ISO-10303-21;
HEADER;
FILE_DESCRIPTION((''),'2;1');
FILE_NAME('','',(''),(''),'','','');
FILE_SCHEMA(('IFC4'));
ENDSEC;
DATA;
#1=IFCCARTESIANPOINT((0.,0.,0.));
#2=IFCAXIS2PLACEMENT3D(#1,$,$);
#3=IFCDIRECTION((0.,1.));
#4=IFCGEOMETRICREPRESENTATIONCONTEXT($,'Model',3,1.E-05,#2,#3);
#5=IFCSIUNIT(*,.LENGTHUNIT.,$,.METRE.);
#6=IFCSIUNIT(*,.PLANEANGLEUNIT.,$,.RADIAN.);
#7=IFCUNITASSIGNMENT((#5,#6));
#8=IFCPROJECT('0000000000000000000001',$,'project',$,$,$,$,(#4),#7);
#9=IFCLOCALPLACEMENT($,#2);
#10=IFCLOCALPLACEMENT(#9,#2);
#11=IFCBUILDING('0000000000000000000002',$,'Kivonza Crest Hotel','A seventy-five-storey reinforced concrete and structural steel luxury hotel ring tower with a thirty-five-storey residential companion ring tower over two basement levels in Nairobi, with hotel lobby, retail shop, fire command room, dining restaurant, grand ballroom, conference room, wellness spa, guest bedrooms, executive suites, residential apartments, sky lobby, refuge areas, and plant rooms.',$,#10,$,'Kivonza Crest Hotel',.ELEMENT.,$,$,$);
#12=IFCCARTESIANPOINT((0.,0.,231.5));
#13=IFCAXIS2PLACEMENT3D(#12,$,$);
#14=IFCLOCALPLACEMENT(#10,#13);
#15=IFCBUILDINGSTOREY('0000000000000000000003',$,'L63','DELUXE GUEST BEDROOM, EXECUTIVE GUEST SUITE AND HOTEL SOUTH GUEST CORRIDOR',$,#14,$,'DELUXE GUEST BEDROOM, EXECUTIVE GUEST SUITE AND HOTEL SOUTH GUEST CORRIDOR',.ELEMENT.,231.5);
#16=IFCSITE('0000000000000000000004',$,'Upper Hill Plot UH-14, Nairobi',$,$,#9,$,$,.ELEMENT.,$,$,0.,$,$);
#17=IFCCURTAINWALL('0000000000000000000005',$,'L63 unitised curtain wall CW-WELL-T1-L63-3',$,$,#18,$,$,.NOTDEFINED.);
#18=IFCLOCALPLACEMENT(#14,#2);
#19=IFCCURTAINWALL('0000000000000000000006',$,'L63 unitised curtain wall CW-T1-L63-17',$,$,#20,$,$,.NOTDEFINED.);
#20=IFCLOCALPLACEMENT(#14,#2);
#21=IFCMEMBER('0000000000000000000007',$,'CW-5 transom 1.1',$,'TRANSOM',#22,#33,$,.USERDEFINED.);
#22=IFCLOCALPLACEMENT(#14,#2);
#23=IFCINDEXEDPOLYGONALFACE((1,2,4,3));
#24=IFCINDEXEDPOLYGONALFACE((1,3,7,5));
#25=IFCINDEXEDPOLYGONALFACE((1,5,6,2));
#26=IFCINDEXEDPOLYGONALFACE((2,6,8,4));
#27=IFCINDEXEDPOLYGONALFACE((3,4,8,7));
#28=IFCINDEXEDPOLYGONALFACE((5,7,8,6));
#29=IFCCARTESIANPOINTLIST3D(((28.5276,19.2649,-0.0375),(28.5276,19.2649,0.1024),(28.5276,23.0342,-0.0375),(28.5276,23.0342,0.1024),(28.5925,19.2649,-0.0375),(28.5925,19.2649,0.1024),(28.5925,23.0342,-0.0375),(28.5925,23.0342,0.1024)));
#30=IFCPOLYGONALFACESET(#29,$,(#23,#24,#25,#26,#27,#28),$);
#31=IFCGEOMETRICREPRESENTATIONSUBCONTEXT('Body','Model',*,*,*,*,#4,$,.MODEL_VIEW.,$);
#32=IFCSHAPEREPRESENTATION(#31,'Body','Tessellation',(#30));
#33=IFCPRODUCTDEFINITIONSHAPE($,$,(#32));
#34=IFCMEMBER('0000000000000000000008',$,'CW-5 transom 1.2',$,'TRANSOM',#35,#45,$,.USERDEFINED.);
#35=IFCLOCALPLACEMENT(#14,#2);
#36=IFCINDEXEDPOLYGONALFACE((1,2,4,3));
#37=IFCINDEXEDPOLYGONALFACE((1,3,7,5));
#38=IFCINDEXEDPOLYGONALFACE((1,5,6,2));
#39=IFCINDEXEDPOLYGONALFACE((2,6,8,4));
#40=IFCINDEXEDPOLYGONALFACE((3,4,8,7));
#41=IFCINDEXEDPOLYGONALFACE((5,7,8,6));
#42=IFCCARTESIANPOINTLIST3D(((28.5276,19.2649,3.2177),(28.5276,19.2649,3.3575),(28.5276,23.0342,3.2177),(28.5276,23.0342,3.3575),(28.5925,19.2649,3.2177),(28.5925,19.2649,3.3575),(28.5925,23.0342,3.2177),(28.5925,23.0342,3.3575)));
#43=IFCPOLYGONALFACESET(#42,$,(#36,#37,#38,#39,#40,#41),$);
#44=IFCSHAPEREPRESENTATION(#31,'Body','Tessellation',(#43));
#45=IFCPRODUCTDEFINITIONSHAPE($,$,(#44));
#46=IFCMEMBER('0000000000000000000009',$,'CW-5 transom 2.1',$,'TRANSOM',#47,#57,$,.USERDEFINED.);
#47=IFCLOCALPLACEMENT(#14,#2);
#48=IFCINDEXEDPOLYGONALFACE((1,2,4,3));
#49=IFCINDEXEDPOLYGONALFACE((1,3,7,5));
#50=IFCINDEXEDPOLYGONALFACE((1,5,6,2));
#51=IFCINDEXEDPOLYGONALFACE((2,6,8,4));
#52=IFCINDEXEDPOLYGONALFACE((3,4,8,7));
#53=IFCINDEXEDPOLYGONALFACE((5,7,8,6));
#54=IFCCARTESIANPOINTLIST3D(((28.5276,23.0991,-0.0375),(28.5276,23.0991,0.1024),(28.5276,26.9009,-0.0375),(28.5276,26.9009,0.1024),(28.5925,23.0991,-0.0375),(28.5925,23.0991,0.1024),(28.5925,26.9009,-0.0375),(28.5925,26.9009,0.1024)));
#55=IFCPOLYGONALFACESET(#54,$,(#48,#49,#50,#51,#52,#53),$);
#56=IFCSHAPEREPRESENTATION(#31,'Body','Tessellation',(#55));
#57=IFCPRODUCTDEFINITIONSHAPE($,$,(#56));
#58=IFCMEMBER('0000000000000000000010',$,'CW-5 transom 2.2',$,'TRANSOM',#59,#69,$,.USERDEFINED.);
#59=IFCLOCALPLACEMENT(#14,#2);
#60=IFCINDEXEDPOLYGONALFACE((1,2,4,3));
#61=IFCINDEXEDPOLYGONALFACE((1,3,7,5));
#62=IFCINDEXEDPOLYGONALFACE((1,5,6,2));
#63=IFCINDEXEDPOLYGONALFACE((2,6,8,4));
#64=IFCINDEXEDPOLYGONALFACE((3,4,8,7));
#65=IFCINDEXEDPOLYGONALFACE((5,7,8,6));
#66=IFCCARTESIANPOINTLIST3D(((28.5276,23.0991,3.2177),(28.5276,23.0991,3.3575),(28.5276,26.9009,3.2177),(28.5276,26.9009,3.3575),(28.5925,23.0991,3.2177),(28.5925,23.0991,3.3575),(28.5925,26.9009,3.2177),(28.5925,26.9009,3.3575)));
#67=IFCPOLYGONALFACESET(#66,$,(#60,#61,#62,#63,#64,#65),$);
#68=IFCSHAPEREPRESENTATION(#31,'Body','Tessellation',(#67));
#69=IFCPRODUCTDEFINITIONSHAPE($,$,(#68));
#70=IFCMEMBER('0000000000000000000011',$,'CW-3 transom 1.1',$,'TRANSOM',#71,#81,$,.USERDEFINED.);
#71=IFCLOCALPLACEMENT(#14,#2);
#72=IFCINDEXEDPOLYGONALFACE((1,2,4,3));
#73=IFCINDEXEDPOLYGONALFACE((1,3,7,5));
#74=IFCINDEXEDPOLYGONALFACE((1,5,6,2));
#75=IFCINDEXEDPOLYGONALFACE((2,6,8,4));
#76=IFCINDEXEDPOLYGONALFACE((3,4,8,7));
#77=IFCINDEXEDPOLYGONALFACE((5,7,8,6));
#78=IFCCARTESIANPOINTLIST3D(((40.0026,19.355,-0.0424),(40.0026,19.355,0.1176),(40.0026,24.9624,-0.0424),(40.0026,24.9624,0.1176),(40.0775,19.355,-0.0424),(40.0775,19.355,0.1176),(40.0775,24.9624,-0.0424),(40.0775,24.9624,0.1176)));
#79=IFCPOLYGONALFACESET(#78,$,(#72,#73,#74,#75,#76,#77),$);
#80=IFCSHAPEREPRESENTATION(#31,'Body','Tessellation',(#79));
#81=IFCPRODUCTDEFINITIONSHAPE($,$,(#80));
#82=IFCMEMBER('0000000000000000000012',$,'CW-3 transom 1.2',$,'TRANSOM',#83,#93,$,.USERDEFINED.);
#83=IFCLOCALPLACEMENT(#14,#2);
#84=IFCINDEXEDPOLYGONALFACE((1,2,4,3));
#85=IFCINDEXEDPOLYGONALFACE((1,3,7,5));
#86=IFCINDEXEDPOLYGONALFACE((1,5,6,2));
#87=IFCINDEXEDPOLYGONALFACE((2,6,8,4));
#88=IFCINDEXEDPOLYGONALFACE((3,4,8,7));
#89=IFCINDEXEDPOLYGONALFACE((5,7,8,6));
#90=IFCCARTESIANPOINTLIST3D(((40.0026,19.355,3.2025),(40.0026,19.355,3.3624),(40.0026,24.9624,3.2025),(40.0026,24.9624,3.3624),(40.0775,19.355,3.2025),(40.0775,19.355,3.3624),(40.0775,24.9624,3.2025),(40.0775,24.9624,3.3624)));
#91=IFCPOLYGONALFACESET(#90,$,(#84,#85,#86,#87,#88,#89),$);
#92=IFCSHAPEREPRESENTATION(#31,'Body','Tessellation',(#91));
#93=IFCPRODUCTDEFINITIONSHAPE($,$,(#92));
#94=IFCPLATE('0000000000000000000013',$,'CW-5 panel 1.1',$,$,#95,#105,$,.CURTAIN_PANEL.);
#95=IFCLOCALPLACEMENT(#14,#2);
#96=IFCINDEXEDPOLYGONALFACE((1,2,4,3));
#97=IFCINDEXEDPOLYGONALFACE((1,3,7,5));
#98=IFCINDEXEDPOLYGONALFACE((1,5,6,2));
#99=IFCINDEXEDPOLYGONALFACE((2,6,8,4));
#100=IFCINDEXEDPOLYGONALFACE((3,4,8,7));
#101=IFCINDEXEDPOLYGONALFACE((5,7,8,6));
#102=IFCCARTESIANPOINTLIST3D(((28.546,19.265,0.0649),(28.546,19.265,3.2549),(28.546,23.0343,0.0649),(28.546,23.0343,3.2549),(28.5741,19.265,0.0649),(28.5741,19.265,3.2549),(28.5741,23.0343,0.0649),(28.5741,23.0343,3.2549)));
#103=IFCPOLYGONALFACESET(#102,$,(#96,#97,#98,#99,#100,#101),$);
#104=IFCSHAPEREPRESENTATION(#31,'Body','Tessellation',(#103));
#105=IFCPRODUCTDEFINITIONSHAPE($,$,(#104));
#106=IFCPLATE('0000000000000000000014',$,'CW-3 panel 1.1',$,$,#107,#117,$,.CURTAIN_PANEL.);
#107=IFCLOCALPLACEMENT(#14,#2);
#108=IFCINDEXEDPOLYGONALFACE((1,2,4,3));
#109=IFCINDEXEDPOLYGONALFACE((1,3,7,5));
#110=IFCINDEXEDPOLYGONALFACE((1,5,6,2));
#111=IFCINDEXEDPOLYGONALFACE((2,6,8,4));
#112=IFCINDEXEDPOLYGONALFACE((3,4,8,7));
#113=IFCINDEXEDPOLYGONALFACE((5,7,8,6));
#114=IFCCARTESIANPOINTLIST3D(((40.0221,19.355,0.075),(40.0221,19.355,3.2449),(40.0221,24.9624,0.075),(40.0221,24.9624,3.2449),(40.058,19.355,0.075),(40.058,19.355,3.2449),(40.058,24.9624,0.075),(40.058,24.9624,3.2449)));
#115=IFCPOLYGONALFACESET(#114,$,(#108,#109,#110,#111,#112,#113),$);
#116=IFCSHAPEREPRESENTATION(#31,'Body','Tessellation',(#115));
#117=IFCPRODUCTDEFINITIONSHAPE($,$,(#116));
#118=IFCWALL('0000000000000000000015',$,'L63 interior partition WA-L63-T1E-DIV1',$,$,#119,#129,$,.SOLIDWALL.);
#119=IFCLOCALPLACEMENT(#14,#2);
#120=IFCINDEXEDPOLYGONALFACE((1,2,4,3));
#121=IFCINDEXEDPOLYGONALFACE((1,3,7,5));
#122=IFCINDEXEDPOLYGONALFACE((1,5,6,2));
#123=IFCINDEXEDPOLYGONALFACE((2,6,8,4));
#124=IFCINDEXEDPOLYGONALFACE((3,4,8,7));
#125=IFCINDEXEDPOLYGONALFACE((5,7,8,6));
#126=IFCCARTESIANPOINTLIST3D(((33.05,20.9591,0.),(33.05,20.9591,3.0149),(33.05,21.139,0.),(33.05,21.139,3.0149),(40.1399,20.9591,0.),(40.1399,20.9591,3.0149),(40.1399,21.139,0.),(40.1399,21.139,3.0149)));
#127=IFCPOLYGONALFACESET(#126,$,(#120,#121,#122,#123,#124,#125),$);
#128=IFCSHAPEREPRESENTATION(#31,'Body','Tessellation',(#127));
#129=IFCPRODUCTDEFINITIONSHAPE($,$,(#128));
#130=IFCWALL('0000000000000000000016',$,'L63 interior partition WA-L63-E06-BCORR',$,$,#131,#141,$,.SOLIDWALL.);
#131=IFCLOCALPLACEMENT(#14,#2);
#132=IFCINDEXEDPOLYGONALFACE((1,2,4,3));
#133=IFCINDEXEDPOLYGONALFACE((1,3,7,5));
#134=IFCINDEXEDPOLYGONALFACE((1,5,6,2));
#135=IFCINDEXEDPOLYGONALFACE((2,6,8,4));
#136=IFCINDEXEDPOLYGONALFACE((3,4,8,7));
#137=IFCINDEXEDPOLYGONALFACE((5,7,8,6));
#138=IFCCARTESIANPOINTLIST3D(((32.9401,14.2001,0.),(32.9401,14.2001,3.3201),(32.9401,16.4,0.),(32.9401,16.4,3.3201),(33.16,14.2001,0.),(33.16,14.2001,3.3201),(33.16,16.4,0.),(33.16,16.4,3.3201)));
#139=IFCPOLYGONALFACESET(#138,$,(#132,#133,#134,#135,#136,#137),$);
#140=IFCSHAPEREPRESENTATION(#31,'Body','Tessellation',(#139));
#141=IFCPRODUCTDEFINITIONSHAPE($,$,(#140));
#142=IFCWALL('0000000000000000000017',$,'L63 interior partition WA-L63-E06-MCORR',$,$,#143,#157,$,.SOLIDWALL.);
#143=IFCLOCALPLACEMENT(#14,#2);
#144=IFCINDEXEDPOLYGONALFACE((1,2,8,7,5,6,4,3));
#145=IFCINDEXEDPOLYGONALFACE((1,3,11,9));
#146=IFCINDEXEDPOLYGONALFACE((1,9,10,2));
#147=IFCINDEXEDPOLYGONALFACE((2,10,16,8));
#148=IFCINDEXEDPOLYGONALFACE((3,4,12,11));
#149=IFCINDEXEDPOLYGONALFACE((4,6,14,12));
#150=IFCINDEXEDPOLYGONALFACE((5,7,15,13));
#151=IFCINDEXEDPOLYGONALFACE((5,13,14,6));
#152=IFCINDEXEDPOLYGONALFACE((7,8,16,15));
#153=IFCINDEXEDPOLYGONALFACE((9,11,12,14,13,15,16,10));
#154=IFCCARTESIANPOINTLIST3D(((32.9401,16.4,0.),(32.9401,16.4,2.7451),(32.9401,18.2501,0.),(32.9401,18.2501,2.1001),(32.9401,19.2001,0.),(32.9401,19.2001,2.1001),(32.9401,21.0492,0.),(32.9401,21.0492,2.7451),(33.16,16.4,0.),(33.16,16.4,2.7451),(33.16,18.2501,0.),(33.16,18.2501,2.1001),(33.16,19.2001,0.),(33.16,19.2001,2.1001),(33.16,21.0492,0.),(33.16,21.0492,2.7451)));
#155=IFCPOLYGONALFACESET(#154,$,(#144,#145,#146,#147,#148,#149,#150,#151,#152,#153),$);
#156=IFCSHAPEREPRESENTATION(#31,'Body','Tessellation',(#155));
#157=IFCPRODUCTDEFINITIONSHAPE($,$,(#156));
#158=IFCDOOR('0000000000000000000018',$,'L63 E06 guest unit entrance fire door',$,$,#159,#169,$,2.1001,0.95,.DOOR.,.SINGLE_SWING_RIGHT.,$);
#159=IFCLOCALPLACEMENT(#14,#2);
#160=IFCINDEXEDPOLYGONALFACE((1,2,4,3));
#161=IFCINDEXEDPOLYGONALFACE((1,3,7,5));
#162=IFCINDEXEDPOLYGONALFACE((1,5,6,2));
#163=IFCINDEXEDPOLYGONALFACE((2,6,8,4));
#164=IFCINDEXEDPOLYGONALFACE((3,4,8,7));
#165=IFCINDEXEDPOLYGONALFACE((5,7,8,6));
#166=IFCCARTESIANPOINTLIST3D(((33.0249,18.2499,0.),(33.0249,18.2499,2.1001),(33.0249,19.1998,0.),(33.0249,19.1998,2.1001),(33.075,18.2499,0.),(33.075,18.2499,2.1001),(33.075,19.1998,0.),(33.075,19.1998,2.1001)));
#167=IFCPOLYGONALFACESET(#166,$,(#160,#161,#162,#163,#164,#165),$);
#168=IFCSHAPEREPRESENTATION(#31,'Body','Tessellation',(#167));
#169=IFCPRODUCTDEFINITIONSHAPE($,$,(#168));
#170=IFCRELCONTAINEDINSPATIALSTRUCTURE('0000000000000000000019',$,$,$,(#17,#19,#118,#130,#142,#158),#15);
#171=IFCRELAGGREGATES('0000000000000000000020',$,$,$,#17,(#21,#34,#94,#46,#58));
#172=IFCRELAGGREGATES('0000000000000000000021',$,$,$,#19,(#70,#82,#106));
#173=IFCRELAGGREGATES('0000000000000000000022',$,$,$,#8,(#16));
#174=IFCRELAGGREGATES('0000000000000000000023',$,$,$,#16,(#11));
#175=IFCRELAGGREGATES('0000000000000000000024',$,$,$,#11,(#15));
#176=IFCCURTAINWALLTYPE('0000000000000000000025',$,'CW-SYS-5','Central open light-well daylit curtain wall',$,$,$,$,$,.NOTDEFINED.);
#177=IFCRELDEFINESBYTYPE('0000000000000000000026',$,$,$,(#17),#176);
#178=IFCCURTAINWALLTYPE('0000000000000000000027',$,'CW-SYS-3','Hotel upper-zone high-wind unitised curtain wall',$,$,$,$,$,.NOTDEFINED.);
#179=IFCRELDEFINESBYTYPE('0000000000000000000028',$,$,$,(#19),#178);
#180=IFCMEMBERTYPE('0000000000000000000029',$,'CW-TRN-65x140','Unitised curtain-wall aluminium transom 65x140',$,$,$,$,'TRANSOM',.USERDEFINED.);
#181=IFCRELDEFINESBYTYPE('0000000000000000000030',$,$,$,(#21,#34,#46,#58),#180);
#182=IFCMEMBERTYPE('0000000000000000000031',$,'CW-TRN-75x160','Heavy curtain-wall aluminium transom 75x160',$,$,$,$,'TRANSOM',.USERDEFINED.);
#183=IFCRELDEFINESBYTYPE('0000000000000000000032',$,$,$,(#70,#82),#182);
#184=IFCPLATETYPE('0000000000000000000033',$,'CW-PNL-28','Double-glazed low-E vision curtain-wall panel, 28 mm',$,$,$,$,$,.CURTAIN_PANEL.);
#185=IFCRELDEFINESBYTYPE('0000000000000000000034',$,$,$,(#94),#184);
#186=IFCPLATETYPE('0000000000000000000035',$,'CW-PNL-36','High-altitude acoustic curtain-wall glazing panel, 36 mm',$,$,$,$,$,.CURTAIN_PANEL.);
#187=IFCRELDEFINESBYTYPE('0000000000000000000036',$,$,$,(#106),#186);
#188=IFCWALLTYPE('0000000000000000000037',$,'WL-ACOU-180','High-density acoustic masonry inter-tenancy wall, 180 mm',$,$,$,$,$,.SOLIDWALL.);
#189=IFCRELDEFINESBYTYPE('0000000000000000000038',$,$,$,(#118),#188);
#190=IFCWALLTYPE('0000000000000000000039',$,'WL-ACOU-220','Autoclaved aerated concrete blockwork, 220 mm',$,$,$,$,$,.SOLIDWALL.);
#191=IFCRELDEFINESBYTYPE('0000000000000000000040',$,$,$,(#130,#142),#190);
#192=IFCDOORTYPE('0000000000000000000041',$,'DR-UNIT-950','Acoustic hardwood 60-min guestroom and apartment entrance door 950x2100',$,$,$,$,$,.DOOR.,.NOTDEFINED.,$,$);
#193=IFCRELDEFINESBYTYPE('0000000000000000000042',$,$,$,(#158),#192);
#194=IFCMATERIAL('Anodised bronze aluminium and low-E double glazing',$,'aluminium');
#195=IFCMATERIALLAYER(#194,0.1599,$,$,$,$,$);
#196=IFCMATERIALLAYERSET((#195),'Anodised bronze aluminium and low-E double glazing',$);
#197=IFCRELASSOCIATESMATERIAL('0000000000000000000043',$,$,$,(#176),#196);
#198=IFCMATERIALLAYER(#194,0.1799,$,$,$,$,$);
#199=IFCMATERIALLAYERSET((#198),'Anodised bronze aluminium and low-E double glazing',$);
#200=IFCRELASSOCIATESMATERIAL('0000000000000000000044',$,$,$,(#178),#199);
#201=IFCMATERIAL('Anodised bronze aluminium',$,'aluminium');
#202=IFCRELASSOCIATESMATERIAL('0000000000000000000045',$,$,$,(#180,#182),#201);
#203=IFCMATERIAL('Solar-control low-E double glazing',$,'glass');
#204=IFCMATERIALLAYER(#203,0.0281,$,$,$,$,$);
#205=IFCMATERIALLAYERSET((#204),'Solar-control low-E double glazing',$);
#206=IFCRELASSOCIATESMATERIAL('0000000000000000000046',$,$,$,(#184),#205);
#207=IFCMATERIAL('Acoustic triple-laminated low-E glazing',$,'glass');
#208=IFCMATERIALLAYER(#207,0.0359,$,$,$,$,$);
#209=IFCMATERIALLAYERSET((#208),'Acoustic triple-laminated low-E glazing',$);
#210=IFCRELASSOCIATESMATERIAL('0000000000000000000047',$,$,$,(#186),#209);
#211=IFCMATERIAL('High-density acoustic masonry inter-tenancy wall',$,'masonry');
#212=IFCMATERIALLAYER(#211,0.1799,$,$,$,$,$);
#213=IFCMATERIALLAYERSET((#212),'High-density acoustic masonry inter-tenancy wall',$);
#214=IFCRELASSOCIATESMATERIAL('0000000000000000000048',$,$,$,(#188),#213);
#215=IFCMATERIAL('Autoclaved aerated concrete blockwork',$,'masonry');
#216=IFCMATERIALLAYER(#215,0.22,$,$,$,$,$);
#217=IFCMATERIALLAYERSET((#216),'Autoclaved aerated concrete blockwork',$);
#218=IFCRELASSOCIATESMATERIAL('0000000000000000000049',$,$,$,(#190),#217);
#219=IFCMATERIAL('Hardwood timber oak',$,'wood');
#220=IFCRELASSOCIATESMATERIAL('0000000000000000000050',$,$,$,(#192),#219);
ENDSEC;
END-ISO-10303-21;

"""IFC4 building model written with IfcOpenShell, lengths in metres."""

from ifc_helpers import new_model, si_unit, direction, frame, frame_2d, origin, origin_2d, place, context, subcontext, project, spatial, rectangle, extrude, material, layer, layer_set, material_profile, profile_set, type_object, element, fill, aggregate, save


model = new_model("IFC4")

# Units and contexts
model_context = context("Model", 3, precision=1e-05, world=origin(), true_north=direction((0.0, 1.0)))
body_context = subcontext(model_context, "Body", "Model", "MODEL_VIEW")
ifc_project = project(units=[si_unit("LENGTHUNIT", "METRE"), si_unit("PLANEANGLEUNIT", "RADIAN")], contexts=[model_context])

# Site, building, storey
site_placement = place(None, origin())
site = spatial("IfcSite", under=ifc_project, at=site_placement, Name="Upper Hill Plot UH-14, Nairobi", CompositionType="ELEMENT", RefElevation=0.0)
building_placement = place(site_placement, origin())
building = spatial("IfcBuilding", under=site, at=building_placement, Name="Kivonza Crest Hotel", Description="A seventy-five-storey reinforced concrete and structural steel luxury hotel ring tower with a thirty-five-storey residential companion ring tower over two basement levels in Nairobi, with hotel lobby, retail shop, fire command room, dining restaurant, grand ballroom, conference room, wellness spa, guest bedrooms, executive suites, residential apartments, sky lobby, refuge areas, and plant rooms.", LongName="Kivonza Crest Hotel", CompositionType="ELEMENT")
storey_placement = place(building_placement, frame((0.0, 0.0, 231.5)))
storey = spatial("IfcBuildingStorey", under=building, at=storey_placement, Name="L63", Description="DELUXE GUEST BEDROOM, EXECUTIVE GUEST SUITE AND HOTEL SOUTH GUEST CORRIDOR", LongName="DELUXE GUEST BEDROOM, EXECUTIVE GUEST SUITE AND HOTEL SOUTH GUEST CORRIDOR", CompositionType="ELEMENT", Elevation=231.5)

# Curtain walls
ifc_material_1 = material(Name="Anodised bronze aluminium and low-E double glazing", Category="aluminium")
ifc_layer_1 = layer(ifc_material_1, 0.1599)
ifc_layer_set_1 = layer_set([ifc_layer_1], Name="Anodised bronze aluminium and low-E double glazing")
curtain_wall_type_1 = type_object("IfcCurtainWallType", Name="CW-SYS-5", Description="Central open light-well daylit curtain wall", PredefinedType="NOTDEFINED", material=ifc_layer_set_1)
curtain_wall_1_placement = place(storey_placement, origin())
curtain_wall_1 = element("IfcCurtainWall", 1, at=curtain_wall_1_placement, inside=storey, type_object=curtain_wall_type_1, Name="L63 unitised curtain wall CW-WELL-T1-L63-3", PredefinedType="NOTDEFINED")
ifc_material_2 = material(Name="Anodised bronze aluminium", Category="aluminium")
ifc_layer_2 = layer(ifc_material_1, 0.1799)
ifc_layer_set_2 = layer_set([ifc_layer_2], Name="Anodised bronze aluminium and low-E double glazing")
curtain_wall_type_2 = type_object("IfcCurtainWallType", Name="CW-SYS-3", Description="Hotel upper-zone high-wind unitised curtain wall", PredefinedType="NOTDEFINED", material=ifc_layer_set_2)
curtain_wall_2_placement = place(storey_placement, origin())
curtain_wall_2 = element("IfcCurtainWall", 2, at=curtain_wall_2_placement, inside=storey, type_object=curtain_wall_type_2, Name="L63 unitised curtain wall CW-T1-L63-17", PredefinedType="NOTDEFINED")

# Members
ifc_material_profile_1 = material_profile(ifc_material_2, rectangle(XDim=0.0649, YDim=0.1399, at=origin_2d()), Name="CW-T 65x140")
ifc_profile_set_1 = profile_set([ifc_material_profile_1], Name="Anodised bronze aluminium")
member_type_1 = type_object("IfcMemberType", Name="CW-TRN-65x140", Description="Unitised curtain-wall aluminium transom 65x140", ElementType="TRANSOM", PredefinedType="USERDEFINED", material=ifc_profile_set_1)
member_1_placement = place(storey_placement, frame((28.5601, 19.2649, 0.0325), z_axis=(0.0, 1.0, 0.0), x_axis=(-1.0, 0.0, 0.0)))
member_1 = element("IfcMember", 3, at=member_1_placement, type_object=member_type_1, Name="CW-5 transom 1.1", ObjectType="TRANSOM", PredefinedType="USERDEFINED", context=body_context, shape_type="SweptSolid", body=[
    extrude(rectangle(XDim=0.0649, YDim=0.1399, at=origin_2d()), origin(), (0.0, 0.0, 1.0), 3.7693),
])
member_2_placement = place(storey_placement, frame((28.5601, 19.2649, 3.2876), z_axis=(0.0, 1.0, 0.0), x_axis=(-1.0, 0.0, 0.0)))
member_2 = element("IfcMember", 4, at=member_2_placement, type_object=member_type_1, Name="CW-5 transom 1.2", ObjectType="TRANSOM", PredefinedType="USERDEFINED", context=body_context, shape_type="SweptSolid", body=[
    extrude(rectangle(XDim=0.0649, YDim=0.1399, at=origin_2d()), origin(), (0.0, 0.0, 1.0), 3.7693),
])
member_3_placement = place(storey_placement, frame((28.5601, 23.0991, 0.0325), z_axis=(0.0, 1.0, 0.0), x_axis=(-1.0, 0.0, 0.0)))
member_3 = element("IfcMember", 5, at=member_3_placement, type_object=member_type_1, Name="CW-5 transom 2.1", ObjectType="TRANSOM", PredefinedType="USERDEFINED", context=body_context, shape_type="SweptSolid", body=[
    extrude(rectangle(XDim=0.0649, YDim=0.1399, at=origin_2d()), origin(), (0.0, 0.0, 1.0), 3.8018),
])
member_4_placement = place(storey_placement, frame((28.5601, 23.0991, 3.2876), z_axis=(0.0, 1.0, 0.0), x_axis=(-1.0, 0.0, 0.0)))
member_4 = element("IfcMember", 6, at=member_4_placement, type_object=member_type_1, Name="CW-5 transom 2.2", ObjectType="TRANSOM", PredefinedType="USERDEFINED", context=body_context, shape_type="SweptSolid", body=[
    extrude(rectangle(XDim=0.0649, YDim=0.1399, at=origin_2d()), origin(), (0.0, 0.0, 1.0), 3.8018),
])
ifc_material_profile_2 = material_profile(ifc_material_2, rectangle(XDim=0.075, YDim=0.1599, at=origin_2d()), Name="CW-T 75x160")
ifc_profile_set_2 = profile_set([ifc_material_profile_2], Name="Anodised bronze aluminium")
member_type_2 = type_object("IfcMemberType", Name="CW-TRN-75x160", Description="Heavy curtain-wall aluminium transom 75x160", ElementType="TRANSOM", PredefinedType="USERDEFINED", material=ifc_profile_set_2)
member_5_placement = place(storey_placement, frame((40.04, 19.355, 0.0376), z_axis=(0.0, 1.0, 0.0), x_axis=(-1.0, 0.0, 0.0)))
member_5 = element("IfcMember", 7, at=member_5_placement, type_object=member_type_2, Name="CW-3 transom 1.1", ObjectType="TRANSOM", PredefinedType="USERDEFINED", context=body_context, shape_type="SweptSolid", body=[
    extrude(rectangle(XDim=0.075, YDim=0.1599, at=origin_2d()), origin(), (0.0, 0.0, 1.0), 5.6074),
])
member_6_placement = place(storey_placement, frame((40.04, 19.355, 3.2825), z_axis=(0.0, 1.0, 0.0), x_axis=(-1.0, 0.0, 0.0)))
member_6 = element("IfcMember", 8, at=member_6_placement, type_object=member_type_2, Name="CW-3 transom 1.2", ObjectType="TRANSOM", PredefinedType="USERDEFINED", context=body_context, shape_type="SweptSolid", body=[
    extrude(rectangle(XDim=0.075, YDim=0.1599, at=origin_2d()), origin(), (0.0, 0.0, 1.0), 5.6074),
])

# Plates
ifc_material_3 = material(Name="Solar-control low-E double glazing", Category="glass")
ifc_layer_3 = layer(ifc_material_3, 0.0281)
ifc_layer_set_3 = layer_set([ifc_layer_3], Name="Solar-control low-E double glazing")
plate_type_1 = type_object("IfcPlateType", Name="CW-PNL-28", Description="Double-glazed low-E vision curtain-wall panel, 28 mm", PredefinedType="CURTAIN_PANEL", material=ifc_layer_set_3)
plate_1_placement = place(storey_placement, frame((28.5601, 21.1497, 0.0649), z_axis=(0.0, 0.0, 1.0), x_axis=(0.0, 1.0, 0.0)))
plate_1 = element("IfcPlate", 9, at=plate_1_placement, type_object=plate_type_1, Name="CW-5 panel 1.1", PredefinedType="CURTAIN_PANEL", context=body_context, shape_type="SweptSolid", body=[
    extrude(rectangle(XDim=3.7693, YDim=0.0281, at=origin_2d()), origin(), (0.0, 0.0, 1.0), 3.1899),
])
aggregate(curtain_wall_1, [member_1, member_2, plate_1, member_3, member_4])
ifc_material_4 = material(Name="Acoustic triple-laminated low-E glazing", Category="glass")
ifc_layer_4 = layer(ifc_material_4, 0.0359)
ifc_layer_set_4 = layer_set([ifc_layer_4], Name="Acoustic triple-laminated low-E glazing")
plate_type_2 = type_object("IfcPlateType", Name="CW-PNL-36", Description="High-altitude acoustic curtain-wall glazing panel, 36 mm", PredefinedType="CURTAIN_PANEL", material=ifc_layer_set_4)
plate_2_placement = place(storey_placement, frame((40.04, 22.1587, 0.075), z_axis=(0.0, 0.0, 1.0), x_axis=(0.0, 1.0, 0.0)))
plate_2 = element("IfcPlate", 10, at=plate_2_placement, type_object=plate_type_2, Name="CW-3 panel 1.1", PredefinedType="CURTAIN_PANEL", context=body_context, shape_type="SweptSolid", body=[
    extrude(rectangle(XDim=5.6074, YDim=0.0359, at=origin_2d()), origin(), (0.0, 0.0, 1.0), 3.1699),
])
aggregate(curtain_wall_2, [member_5, member_6, plate_2])

# Walls
ifc_material_5 = material(Name="High-density acoustic masonry inter-tenancy wall", Category="masonry")
ifc_layer_5 = layer(ifc_material_5, 0.1799)
ifc_layer_set_5 = layer_set([ifc_layer_5], Name="High-density acoustic masonry inter-tenancy wall")
wall_type_1 = type_object("IfcWallType", Name="WL-ACOU-180", Description="High-density acoustic masonry inter-tenancy wall, 180 mm", PredefinedType="SOLIDWALL", material=ifc_layer_set_5)
wall_1_placement = place(storey_placement, frame((33.05, 21.0491, 0.0), z_axis=(0.0, 0.0, 1.0), x_axis=(1.0, 0.0, 0.0)))
element("IfcWall", 11, at=wall_1_placement, inside=storey, type_object=wall_type_1, Name="L63 interior partition WA-L63-T1E-DIV1", PredefinedType="SOLIDWALL", context=body_context, shape_type="SweptSolid", body=[
    extrude(rectangle(XDim=7.0898, YDim=0.1799, at=frame_2d((3.5449, 0.0))), origin(), (0.0, 0.0, 1.0), 3.0149),
])
ifc_material_6 = material(Name="Autoclaved aerated concrete blockwork", Category="masonry")
ifc_layer_6 = layer(ifc_material_6, 0.22)
ifc_layer_set_6 = layer_set([ifc_layer_6], Name="Autoclaved aerated concrete blockwork")
wall_type_2 = type_object("IfcWallType", Name="WL-ACOU-220", Description="Autoclaved aerated concrete blockwork, 220 mm", PredefinedType="SOLIDWALL", material=ifc_layer_set_6)
wall_2_placement = place(storey_placement, frame((33.05, 14.2, 0.0), z_axis=(0.0, 0.0, 1.0), x_axis=(0.0, 1.0, 0.0)))
element("IfcWall", 12, at=wall_2_placement, inside=storey, type_object=wall_type_2, Name="L63 interior partition WA-L63-E06-BCORR", PredefinedType="SOLIDWALL", context=body_context, shape_type="SweptSolid", body=[
    extrude(rectangle(XDim=2.2, YDim=0.22, at=frame_2d((1.1001, 0.0))), origin(), (0.0, 0.0, 1.0), 3.3201),
])

# Wall, opening, door
wall_3_placement = place(storey_placement, frame((33.05, 16.3999, 0.0), z_axis=(0.0, 0.0, 1.0), x_axis=(0.0, 1.0, 0.0)))
wall_3 = element("IfcWall", 13, at=wall_3_placement, inside=storey, type_object=wall_type_2, Name="L63 interior partition WA-L63-E06-MCORR", PredefinedType="SOLIDWALL", context=body_context, shape_type="SweptSolid", body=[
    extrude(rectangle(XDim=4.6492, YDim=0.22, at=frame_2d((2.3247, 0.0))), origin(), (0.0, 0.0, 1.0), 2.7451),
])
opening_1_placement = place(wall_3_placement, frame((1.8501, 0.0, 0.0)))
opening_1 = element("IfcOpeningElement", 14, at=opening_1_placement, cuts=wall_3, PredefinedType="OPENING", context=body_context, shape_type="SweptSolid", body=[
    extrude(rectangle(XDim=0.95, YDim=2.1001, at=frame_2d((0.4751, 1.05))), frame((0.0, 0.1201, 0.0), z_axis=(0.0, -1.0, 0.0), x_axis=(1.0, 0.0, 0.0)), (0.0, 0.0, 1.0), 0.24),
])
ifc_material_7 = material(Name="Hardwood timber oak", Category="wood")
door_type_1 = type_object("IfcDoorType", Name="DR-UNIT-950", Description="Acoustic hardwood 60-min guestroom and apartment entrance door 950x2100", OperationType="NOTDEFINED", PredefinedType="DOOR", material=ifc_material_7)
door_1_placement = place(opening_1_placement, frame((0.95, 0.0, 0.0), z_axis=(0.0, 0.0, 1.0), x_axis=(-1.0, 0.0, 0.0)))
door_1 = element("IfcDoor", 15, at=door_1_placement, inside=storey, type_object=door_type_1, Name="L63 E06 guest unit entrance fire door", OperationType="SINGLE_SWING_RIGHT", OverallHeight=2.1001, OverallWidth=0.95, PredefinedType="DOOR", context=body_context, shape_type="SweptSolid", body=[
    extrude(rectangle(XDim=0.95, YDim=2.1001, at=frame_2d((0.4751, 1.05))), frame((0.0, 0.0249, 0.0), z_axis=(0.0, -1.0, 0.0), x_axis=(1.0, 0.0, 0.0)), (0.0, 0.0, 1.0), 0.05),
])
fill(opening_1, door_1)

save(model, "model.ifc")
